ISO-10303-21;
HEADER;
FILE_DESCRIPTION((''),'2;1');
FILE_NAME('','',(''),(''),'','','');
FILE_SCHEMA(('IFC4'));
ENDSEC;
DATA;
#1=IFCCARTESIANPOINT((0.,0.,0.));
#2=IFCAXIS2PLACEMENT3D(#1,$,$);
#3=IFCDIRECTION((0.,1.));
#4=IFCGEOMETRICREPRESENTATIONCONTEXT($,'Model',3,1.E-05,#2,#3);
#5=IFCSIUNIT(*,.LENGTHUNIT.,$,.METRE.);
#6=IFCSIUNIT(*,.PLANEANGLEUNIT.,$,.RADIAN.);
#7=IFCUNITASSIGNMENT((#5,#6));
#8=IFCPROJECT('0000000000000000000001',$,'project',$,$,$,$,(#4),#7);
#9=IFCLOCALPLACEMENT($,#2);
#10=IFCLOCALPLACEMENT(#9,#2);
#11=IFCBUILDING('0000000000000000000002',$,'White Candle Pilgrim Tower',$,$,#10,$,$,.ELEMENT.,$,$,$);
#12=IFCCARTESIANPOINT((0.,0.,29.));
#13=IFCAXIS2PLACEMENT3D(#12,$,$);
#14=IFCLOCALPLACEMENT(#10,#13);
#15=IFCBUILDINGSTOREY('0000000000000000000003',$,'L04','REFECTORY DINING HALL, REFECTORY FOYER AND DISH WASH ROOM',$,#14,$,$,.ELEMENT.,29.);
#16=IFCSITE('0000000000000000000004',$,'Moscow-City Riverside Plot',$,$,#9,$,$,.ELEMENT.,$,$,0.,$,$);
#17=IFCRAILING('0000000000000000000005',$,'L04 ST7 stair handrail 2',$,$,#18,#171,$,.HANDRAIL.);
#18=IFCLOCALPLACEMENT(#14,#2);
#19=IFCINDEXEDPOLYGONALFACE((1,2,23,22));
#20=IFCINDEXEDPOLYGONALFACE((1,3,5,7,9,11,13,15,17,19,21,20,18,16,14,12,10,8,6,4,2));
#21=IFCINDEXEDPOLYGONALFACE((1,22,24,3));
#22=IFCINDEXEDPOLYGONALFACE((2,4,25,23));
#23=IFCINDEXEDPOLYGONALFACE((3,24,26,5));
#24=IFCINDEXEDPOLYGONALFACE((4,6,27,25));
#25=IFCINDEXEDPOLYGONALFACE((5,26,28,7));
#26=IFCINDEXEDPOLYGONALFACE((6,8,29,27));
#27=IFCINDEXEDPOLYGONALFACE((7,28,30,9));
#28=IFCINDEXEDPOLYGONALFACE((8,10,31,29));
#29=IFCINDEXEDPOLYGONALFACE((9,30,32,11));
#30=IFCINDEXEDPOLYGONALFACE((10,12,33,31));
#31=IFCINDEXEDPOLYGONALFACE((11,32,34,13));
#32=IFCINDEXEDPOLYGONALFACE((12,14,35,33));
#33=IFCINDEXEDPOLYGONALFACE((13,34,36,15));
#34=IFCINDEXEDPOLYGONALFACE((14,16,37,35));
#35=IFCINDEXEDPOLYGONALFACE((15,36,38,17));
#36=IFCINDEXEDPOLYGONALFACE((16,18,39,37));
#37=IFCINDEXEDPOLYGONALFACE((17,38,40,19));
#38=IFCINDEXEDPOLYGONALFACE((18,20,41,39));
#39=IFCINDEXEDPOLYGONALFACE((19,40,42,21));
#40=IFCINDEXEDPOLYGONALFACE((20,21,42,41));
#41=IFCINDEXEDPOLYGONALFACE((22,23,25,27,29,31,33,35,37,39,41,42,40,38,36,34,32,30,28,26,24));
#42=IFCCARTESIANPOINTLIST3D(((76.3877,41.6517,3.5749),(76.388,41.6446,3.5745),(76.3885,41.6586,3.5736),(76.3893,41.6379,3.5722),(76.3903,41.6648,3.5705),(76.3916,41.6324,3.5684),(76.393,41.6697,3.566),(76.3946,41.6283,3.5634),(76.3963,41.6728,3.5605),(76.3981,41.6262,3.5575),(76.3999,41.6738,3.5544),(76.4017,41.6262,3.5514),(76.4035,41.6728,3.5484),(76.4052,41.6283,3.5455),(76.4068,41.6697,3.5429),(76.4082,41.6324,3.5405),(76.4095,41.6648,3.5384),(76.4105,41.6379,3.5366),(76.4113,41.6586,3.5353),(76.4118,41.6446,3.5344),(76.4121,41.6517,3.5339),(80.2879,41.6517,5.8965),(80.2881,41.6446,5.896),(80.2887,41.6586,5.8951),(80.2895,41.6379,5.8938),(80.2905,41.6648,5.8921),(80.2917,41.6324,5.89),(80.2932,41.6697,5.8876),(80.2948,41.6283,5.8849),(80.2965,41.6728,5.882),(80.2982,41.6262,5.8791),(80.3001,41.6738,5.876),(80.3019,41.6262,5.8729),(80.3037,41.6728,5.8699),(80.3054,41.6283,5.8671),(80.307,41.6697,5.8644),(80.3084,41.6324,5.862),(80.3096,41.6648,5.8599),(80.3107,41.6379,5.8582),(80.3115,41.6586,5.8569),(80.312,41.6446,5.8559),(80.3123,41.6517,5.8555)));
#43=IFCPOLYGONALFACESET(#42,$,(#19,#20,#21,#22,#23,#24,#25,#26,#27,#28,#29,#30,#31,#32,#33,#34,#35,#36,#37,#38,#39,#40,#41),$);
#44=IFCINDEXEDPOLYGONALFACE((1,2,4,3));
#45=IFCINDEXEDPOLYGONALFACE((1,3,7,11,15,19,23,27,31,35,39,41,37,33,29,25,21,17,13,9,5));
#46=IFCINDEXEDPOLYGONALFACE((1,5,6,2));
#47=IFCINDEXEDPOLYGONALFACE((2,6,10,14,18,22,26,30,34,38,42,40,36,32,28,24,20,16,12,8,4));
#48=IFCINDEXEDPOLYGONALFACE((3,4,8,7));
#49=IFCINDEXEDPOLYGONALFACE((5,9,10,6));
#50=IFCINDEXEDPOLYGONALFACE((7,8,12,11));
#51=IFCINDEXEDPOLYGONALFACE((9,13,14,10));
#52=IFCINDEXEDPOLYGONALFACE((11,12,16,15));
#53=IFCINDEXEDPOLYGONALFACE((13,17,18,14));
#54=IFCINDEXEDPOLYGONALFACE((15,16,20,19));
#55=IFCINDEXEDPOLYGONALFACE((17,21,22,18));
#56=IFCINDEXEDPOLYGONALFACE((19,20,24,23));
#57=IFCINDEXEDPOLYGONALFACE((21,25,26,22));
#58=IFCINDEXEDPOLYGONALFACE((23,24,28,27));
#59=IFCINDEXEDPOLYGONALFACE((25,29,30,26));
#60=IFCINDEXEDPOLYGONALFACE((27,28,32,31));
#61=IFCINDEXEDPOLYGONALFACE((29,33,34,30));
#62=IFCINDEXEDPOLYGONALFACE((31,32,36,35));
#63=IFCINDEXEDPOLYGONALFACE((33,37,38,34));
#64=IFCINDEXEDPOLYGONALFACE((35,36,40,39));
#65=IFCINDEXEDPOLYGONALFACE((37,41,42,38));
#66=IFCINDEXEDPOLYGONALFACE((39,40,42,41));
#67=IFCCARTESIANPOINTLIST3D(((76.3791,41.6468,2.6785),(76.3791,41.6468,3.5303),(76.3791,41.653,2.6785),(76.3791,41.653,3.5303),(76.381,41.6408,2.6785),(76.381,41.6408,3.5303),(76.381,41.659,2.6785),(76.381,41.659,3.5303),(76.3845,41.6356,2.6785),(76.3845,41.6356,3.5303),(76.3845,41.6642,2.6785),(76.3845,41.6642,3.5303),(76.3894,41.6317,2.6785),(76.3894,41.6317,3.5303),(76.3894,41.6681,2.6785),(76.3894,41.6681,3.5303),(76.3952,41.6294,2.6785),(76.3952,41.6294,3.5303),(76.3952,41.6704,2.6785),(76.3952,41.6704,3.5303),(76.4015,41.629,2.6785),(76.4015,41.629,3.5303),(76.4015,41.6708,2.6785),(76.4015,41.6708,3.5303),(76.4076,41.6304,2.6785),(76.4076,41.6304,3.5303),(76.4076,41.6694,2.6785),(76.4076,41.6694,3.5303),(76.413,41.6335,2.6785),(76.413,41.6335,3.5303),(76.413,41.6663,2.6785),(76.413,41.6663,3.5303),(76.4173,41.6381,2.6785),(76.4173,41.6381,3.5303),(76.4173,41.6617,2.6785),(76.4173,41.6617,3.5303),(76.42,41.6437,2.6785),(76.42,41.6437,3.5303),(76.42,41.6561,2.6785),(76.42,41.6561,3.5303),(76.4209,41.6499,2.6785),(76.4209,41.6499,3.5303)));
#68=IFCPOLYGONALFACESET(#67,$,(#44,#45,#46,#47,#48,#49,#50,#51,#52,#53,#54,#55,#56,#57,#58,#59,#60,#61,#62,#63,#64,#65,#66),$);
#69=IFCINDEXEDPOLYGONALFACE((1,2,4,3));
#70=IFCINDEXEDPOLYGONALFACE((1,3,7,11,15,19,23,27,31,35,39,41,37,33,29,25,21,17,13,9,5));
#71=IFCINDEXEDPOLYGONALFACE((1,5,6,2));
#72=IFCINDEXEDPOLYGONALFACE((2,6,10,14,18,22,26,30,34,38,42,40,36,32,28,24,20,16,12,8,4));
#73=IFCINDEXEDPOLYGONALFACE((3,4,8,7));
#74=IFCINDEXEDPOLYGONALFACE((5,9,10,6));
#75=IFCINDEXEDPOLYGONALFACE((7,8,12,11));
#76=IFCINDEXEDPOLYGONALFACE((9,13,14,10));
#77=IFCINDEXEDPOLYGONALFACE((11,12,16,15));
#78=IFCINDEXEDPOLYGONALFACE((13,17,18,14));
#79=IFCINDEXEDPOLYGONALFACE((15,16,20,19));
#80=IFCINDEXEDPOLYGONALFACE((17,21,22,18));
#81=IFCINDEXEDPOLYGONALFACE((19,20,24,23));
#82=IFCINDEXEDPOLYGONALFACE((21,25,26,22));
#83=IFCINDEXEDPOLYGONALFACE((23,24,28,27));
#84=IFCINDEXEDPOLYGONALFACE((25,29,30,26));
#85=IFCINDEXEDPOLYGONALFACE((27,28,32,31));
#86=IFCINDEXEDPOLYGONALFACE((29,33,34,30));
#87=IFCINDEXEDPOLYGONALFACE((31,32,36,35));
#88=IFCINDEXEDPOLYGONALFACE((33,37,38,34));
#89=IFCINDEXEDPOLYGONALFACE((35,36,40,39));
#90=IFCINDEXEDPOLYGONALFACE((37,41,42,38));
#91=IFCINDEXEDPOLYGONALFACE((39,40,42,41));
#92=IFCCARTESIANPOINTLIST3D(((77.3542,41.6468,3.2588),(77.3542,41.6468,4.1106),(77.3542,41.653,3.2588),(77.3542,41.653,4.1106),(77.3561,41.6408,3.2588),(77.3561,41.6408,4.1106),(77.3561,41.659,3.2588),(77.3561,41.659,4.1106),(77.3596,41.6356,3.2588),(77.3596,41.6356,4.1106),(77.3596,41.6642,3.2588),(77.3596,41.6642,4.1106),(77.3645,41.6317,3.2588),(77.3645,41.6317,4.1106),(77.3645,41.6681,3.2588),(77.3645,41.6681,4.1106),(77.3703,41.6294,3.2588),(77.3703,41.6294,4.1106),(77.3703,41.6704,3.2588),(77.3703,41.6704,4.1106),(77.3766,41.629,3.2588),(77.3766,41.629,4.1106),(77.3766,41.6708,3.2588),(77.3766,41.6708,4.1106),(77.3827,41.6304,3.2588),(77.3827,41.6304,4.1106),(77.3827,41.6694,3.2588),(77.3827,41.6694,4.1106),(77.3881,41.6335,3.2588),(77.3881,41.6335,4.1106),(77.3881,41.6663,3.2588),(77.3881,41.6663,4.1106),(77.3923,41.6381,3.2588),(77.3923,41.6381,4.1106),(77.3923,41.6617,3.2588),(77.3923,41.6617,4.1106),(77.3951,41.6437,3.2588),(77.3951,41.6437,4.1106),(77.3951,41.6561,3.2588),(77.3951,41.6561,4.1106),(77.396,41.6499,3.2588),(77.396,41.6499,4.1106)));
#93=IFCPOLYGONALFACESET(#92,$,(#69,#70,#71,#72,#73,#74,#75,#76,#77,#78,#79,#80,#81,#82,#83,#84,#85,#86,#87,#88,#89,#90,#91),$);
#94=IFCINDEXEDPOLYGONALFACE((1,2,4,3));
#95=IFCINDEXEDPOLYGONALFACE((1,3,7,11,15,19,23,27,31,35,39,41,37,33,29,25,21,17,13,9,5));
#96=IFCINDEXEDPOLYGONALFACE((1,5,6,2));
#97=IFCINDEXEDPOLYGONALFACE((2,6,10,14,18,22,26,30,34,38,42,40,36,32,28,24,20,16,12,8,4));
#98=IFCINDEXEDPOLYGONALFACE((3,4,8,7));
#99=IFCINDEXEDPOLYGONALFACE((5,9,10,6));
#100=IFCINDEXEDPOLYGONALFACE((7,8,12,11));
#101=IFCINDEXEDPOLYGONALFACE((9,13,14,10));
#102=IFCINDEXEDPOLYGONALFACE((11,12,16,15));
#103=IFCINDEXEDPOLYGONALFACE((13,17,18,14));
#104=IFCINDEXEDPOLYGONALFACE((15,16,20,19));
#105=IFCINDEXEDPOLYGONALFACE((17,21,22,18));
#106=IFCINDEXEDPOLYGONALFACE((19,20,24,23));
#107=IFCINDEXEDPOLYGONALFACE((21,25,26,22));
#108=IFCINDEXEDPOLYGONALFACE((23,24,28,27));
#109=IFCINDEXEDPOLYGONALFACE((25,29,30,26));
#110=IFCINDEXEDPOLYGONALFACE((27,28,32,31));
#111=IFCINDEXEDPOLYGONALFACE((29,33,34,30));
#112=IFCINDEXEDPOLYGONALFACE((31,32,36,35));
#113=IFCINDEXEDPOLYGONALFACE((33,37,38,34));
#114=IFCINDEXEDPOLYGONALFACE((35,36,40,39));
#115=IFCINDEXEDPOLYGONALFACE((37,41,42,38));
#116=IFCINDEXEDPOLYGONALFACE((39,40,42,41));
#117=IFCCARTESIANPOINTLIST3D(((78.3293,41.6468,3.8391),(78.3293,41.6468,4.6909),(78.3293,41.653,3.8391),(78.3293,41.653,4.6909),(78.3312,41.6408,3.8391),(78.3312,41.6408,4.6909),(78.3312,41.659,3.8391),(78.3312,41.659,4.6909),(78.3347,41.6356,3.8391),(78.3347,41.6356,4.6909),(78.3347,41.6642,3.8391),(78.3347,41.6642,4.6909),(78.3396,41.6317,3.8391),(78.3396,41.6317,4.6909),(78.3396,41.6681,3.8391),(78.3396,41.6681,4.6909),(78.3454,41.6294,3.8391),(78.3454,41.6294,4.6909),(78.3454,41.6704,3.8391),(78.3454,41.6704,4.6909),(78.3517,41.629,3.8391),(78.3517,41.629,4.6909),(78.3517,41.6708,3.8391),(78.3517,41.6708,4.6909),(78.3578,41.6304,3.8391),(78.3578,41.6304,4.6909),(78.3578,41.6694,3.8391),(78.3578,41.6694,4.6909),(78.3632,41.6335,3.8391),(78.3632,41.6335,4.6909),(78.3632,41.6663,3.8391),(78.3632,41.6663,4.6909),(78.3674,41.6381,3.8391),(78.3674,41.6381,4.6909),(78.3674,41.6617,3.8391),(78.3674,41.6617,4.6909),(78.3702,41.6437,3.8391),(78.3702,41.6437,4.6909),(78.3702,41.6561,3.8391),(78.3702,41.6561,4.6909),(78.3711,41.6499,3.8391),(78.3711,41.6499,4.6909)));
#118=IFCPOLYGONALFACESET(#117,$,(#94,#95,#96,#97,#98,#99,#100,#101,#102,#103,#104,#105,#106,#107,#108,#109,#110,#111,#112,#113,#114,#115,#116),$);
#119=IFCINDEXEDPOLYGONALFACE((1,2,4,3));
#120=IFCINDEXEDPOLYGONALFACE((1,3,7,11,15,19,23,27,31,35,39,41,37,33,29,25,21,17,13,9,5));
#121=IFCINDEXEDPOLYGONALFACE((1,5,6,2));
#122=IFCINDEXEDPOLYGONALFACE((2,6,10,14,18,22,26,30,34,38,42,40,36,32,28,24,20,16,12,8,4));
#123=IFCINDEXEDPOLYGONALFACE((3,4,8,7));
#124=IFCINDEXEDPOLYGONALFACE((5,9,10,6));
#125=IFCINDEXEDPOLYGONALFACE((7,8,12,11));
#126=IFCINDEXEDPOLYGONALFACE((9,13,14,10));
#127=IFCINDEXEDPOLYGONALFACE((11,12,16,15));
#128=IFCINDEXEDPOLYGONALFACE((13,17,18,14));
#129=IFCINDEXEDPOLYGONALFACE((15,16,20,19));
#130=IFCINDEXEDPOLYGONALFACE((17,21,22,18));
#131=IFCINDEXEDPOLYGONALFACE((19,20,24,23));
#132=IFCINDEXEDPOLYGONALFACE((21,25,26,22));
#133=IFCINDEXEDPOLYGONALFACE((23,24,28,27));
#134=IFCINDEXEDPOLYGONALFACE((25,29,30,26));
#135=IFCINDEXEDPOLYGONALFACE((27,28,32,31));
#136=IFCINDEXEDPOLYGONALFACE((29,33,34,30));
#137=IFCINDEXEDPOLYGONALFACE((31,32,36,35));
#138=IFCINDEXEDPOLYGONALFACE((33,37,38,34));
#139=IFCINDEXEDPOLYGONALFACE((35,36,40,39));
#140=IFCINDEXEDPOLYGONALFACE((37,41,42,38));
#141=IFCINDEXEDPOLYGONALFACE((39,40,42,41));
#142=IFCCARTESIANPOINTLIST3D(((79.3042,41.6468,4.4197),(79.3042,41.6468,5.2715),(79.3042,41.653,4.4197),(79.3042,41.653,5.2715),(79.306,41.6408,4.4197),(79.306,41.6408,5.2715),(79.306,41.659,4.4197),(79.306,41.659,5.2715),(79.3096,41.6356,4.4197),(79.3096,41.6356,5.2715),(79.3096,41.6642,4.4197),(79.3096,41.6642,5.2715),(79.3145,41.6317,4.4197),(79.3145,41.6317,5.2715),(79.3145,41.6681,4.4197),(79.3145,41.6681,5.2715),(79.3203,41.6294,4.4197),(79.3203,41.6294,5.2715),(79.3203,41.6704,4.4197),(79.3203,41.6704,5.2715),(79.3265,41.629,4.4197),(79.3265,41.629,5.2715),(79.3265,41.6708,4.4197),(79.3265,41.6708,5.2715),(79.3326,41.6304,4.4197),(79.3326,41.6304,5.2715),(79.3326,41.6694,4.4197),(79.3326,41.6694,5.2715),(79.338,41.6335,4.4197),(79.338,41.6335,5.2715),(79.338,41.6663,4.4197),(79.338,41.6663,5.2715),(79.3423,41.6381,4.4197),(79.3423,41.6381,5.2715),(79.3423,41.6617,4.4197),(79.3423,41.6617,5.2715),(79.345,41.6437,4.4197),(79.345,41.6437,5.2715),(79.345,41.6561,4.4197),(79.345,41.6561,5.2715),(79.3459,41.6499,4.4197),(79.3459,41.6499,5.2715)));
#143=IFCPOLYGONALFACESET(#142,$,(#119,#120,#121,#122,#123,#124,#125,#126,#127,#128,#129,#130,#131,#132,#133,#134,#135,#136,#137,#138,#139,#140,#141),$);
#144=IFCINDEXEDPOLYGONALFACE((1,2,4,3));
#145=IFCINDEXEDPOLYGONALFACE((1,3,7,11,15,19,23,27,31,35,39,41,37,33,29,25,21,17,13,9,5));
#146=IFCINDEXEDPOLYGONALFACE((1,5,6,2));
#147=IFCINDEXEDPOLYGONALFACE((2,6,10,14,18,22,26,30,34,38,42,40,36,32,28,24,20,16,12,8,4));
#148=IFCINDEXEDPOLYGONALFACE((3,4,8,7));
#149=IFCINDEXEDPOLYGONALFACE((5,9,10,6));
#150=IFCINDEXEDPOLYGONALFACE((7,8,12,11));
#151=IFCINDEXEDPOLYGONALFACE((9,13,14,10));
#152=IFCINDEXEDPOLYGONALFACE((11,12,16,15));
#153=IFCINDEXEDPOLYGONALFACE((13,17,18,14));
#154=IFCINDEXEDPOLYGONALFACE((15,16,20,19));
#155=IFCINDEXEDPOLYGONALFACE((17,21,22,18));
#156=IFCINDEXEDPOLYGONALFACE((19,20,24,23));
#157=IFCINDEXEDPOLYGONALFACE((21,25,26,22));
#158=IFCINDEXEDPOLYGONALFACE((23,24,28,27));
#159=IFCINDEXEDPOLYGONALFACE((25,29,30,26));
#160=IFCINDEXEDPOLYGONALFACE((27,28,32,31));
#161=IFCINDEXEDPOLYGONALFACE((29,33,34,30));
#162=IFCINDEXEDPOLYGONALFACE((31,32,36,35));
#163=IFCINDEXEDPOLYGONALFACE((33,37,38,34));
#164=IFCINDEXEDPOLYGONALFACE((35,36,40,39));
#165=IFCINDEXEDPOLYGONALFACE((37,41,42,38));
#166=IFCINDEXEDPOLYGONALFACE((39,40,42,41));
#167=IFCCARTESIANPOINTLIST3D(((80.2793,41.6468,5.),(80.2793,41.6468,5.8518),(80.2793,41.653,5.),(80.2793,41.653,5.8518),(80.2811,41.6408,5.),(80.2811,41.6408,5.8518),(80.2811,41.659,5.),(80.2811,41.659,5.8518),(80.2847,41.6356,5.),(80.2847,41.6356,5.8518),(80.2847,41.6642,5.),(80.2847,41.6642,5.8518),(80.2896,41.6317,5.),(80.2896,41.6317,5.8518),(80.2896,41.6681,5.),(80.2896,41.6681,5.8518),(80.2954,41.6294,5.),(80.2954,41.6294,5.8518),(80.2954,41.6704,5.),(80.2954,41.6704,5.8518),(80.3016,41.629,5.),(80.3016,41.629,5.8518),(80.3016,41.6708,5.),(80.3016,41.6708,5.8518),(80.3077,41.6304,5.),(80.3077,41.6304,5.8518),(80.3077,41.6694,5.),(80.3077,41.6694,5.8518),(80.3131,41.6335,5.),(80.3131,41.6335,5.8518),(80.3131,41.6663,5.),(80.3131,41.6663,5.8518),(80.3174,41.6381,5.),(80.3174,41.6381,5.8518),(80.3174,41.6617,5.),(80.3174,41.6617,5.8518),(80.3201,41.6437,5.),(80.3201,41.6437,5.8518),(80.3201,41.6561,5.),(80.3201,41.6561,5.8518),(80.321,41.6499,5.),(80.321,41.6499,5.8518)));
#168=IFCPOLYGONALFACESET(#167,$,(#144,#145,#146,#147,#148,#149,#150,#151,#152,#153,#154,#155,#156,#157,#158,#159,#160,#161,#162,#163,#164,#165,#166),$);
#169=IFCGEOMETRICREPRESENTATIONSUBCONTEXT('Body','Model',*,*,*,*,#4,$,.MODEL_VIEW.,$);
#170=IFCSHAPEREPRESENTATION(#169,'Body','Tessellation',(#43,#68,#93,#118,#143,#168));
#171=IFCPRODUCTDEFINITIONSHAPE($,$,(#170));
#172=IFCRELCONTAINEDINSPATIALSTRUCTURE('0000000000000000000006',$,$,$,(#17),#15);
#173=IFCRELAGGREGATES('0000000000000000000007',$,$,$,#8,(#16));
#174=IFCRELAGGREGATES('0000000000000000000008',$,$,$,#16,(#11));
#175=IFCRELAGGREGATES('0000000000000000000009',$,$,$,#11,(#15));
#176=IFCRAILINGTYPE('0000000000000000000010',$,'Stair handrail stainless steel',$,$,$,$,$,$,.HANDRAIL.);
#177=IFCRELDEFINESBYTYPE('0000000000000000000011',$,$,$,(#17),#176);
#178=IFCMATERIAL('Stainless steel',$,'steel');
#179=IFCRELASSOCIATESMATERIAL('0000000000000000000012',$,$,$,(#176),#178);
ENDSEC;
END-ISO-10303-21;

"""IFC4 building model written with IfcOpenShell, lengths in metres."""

from ifc_helpers import new_model, si_unit, direction, frame, origin, origin_2d, place, context, subcontext, project, spatial, circle, extrude, material, type_object, element, save


model = new_model("IFC4")

# Units and contexts
model_context = context("Model", 3, precision=1e-05, world=origin(), true_north=direction((0.0, 1.0)))
body_context = subcontext(model_context, "Body", "Model", "MODEL_VIEW")
ifc_project = project(units=[si_unit("LENGTHUNIT", "METRE"), si_unit("PLANEANGLEUNIT", "RADIAN")], contexts=[model_context])

# Site, building, storey
site_placement = place(None, origin())
site = spatial("IfcSite", under=ifc_project, at=site_placement, Name="Moscow-City Riverside Plot", CompositionType="ELEMENT", RefElevation=0.0)
building_placement = place(site_placement, origin())
building = spatial("IfcBuilding", under=site, at=building_placement, Name="White Candle Pilgrim Tower", CompositionType="ELEMENT")
storey_placement = place(building_placement, frame((0.0, 0.0, 29.0)))
storey = spatial("IfcBuildingStorey", under=building, at=storey_placement, Name="L04", Description="REFECTORY DINING HALL, REFECTORY FOYER AND DISH WASH ROOM", CompositionType="ELEMENT", Elevation=29.0)

# Railing
ifc_material_1 = material(Name="Stainless steel", Category="steel")
railing_type_1 = type_object("IfcRailingType", Name="Stair handrail stainless steel", PredefinedType="HANDRAIL", material=ifc_material_1)
railing_1_placement = place(storey_placement, frame((76.3999, 41.6499, 2.6785)))
element("IfcRailing", 1, at=railing_1_placement, inside=storey, type_object=railing_type_1, Name="L04 ST7 stair handrail 2", PredefinedType="HANDRAIL", context=body_context, shape_type="SweptSolid", body=[
    extrude(circle(Radius=0.0239, at=origin_2d()), frame((0.0, 0.0, 0.876), z_axis=(0.859291, 0.0, 0.511487), x_axis=(0.0, 1.0, 0.0)), (0.0, 0.0, 1.0), 4.5388),
    extrude(circle(Radius=0.021, at=origin_2d()), origin(), (0.0, 0.0, 1.0), 0.8518),
    extrude(circle(Radius=0.021, at=origin_2d()), frame((0.9751, 0.0, 0.5803)), (0.0, 0.0, 1.0), 0.8518),
    extrude(circle(Radius=0.021, at=origin_2d()), frame((1.9502, 0.0, 1.1606)), (0.0, 0.0, 1.0), 0.8518),
    extrude(circle(Radius=0.021, at=origin_2d()), frame((2.925, 0.0, 1.7412)), (0.0, 0.0, 1.0), 0.8518),
    extrude(circle(Radius=0.021, at=origin_2d()), frame((3.9001, 0.0, 2.3215)), (0.0, 0.0, 1.0), 0.8518),
])

save(model, "model.ifc")
